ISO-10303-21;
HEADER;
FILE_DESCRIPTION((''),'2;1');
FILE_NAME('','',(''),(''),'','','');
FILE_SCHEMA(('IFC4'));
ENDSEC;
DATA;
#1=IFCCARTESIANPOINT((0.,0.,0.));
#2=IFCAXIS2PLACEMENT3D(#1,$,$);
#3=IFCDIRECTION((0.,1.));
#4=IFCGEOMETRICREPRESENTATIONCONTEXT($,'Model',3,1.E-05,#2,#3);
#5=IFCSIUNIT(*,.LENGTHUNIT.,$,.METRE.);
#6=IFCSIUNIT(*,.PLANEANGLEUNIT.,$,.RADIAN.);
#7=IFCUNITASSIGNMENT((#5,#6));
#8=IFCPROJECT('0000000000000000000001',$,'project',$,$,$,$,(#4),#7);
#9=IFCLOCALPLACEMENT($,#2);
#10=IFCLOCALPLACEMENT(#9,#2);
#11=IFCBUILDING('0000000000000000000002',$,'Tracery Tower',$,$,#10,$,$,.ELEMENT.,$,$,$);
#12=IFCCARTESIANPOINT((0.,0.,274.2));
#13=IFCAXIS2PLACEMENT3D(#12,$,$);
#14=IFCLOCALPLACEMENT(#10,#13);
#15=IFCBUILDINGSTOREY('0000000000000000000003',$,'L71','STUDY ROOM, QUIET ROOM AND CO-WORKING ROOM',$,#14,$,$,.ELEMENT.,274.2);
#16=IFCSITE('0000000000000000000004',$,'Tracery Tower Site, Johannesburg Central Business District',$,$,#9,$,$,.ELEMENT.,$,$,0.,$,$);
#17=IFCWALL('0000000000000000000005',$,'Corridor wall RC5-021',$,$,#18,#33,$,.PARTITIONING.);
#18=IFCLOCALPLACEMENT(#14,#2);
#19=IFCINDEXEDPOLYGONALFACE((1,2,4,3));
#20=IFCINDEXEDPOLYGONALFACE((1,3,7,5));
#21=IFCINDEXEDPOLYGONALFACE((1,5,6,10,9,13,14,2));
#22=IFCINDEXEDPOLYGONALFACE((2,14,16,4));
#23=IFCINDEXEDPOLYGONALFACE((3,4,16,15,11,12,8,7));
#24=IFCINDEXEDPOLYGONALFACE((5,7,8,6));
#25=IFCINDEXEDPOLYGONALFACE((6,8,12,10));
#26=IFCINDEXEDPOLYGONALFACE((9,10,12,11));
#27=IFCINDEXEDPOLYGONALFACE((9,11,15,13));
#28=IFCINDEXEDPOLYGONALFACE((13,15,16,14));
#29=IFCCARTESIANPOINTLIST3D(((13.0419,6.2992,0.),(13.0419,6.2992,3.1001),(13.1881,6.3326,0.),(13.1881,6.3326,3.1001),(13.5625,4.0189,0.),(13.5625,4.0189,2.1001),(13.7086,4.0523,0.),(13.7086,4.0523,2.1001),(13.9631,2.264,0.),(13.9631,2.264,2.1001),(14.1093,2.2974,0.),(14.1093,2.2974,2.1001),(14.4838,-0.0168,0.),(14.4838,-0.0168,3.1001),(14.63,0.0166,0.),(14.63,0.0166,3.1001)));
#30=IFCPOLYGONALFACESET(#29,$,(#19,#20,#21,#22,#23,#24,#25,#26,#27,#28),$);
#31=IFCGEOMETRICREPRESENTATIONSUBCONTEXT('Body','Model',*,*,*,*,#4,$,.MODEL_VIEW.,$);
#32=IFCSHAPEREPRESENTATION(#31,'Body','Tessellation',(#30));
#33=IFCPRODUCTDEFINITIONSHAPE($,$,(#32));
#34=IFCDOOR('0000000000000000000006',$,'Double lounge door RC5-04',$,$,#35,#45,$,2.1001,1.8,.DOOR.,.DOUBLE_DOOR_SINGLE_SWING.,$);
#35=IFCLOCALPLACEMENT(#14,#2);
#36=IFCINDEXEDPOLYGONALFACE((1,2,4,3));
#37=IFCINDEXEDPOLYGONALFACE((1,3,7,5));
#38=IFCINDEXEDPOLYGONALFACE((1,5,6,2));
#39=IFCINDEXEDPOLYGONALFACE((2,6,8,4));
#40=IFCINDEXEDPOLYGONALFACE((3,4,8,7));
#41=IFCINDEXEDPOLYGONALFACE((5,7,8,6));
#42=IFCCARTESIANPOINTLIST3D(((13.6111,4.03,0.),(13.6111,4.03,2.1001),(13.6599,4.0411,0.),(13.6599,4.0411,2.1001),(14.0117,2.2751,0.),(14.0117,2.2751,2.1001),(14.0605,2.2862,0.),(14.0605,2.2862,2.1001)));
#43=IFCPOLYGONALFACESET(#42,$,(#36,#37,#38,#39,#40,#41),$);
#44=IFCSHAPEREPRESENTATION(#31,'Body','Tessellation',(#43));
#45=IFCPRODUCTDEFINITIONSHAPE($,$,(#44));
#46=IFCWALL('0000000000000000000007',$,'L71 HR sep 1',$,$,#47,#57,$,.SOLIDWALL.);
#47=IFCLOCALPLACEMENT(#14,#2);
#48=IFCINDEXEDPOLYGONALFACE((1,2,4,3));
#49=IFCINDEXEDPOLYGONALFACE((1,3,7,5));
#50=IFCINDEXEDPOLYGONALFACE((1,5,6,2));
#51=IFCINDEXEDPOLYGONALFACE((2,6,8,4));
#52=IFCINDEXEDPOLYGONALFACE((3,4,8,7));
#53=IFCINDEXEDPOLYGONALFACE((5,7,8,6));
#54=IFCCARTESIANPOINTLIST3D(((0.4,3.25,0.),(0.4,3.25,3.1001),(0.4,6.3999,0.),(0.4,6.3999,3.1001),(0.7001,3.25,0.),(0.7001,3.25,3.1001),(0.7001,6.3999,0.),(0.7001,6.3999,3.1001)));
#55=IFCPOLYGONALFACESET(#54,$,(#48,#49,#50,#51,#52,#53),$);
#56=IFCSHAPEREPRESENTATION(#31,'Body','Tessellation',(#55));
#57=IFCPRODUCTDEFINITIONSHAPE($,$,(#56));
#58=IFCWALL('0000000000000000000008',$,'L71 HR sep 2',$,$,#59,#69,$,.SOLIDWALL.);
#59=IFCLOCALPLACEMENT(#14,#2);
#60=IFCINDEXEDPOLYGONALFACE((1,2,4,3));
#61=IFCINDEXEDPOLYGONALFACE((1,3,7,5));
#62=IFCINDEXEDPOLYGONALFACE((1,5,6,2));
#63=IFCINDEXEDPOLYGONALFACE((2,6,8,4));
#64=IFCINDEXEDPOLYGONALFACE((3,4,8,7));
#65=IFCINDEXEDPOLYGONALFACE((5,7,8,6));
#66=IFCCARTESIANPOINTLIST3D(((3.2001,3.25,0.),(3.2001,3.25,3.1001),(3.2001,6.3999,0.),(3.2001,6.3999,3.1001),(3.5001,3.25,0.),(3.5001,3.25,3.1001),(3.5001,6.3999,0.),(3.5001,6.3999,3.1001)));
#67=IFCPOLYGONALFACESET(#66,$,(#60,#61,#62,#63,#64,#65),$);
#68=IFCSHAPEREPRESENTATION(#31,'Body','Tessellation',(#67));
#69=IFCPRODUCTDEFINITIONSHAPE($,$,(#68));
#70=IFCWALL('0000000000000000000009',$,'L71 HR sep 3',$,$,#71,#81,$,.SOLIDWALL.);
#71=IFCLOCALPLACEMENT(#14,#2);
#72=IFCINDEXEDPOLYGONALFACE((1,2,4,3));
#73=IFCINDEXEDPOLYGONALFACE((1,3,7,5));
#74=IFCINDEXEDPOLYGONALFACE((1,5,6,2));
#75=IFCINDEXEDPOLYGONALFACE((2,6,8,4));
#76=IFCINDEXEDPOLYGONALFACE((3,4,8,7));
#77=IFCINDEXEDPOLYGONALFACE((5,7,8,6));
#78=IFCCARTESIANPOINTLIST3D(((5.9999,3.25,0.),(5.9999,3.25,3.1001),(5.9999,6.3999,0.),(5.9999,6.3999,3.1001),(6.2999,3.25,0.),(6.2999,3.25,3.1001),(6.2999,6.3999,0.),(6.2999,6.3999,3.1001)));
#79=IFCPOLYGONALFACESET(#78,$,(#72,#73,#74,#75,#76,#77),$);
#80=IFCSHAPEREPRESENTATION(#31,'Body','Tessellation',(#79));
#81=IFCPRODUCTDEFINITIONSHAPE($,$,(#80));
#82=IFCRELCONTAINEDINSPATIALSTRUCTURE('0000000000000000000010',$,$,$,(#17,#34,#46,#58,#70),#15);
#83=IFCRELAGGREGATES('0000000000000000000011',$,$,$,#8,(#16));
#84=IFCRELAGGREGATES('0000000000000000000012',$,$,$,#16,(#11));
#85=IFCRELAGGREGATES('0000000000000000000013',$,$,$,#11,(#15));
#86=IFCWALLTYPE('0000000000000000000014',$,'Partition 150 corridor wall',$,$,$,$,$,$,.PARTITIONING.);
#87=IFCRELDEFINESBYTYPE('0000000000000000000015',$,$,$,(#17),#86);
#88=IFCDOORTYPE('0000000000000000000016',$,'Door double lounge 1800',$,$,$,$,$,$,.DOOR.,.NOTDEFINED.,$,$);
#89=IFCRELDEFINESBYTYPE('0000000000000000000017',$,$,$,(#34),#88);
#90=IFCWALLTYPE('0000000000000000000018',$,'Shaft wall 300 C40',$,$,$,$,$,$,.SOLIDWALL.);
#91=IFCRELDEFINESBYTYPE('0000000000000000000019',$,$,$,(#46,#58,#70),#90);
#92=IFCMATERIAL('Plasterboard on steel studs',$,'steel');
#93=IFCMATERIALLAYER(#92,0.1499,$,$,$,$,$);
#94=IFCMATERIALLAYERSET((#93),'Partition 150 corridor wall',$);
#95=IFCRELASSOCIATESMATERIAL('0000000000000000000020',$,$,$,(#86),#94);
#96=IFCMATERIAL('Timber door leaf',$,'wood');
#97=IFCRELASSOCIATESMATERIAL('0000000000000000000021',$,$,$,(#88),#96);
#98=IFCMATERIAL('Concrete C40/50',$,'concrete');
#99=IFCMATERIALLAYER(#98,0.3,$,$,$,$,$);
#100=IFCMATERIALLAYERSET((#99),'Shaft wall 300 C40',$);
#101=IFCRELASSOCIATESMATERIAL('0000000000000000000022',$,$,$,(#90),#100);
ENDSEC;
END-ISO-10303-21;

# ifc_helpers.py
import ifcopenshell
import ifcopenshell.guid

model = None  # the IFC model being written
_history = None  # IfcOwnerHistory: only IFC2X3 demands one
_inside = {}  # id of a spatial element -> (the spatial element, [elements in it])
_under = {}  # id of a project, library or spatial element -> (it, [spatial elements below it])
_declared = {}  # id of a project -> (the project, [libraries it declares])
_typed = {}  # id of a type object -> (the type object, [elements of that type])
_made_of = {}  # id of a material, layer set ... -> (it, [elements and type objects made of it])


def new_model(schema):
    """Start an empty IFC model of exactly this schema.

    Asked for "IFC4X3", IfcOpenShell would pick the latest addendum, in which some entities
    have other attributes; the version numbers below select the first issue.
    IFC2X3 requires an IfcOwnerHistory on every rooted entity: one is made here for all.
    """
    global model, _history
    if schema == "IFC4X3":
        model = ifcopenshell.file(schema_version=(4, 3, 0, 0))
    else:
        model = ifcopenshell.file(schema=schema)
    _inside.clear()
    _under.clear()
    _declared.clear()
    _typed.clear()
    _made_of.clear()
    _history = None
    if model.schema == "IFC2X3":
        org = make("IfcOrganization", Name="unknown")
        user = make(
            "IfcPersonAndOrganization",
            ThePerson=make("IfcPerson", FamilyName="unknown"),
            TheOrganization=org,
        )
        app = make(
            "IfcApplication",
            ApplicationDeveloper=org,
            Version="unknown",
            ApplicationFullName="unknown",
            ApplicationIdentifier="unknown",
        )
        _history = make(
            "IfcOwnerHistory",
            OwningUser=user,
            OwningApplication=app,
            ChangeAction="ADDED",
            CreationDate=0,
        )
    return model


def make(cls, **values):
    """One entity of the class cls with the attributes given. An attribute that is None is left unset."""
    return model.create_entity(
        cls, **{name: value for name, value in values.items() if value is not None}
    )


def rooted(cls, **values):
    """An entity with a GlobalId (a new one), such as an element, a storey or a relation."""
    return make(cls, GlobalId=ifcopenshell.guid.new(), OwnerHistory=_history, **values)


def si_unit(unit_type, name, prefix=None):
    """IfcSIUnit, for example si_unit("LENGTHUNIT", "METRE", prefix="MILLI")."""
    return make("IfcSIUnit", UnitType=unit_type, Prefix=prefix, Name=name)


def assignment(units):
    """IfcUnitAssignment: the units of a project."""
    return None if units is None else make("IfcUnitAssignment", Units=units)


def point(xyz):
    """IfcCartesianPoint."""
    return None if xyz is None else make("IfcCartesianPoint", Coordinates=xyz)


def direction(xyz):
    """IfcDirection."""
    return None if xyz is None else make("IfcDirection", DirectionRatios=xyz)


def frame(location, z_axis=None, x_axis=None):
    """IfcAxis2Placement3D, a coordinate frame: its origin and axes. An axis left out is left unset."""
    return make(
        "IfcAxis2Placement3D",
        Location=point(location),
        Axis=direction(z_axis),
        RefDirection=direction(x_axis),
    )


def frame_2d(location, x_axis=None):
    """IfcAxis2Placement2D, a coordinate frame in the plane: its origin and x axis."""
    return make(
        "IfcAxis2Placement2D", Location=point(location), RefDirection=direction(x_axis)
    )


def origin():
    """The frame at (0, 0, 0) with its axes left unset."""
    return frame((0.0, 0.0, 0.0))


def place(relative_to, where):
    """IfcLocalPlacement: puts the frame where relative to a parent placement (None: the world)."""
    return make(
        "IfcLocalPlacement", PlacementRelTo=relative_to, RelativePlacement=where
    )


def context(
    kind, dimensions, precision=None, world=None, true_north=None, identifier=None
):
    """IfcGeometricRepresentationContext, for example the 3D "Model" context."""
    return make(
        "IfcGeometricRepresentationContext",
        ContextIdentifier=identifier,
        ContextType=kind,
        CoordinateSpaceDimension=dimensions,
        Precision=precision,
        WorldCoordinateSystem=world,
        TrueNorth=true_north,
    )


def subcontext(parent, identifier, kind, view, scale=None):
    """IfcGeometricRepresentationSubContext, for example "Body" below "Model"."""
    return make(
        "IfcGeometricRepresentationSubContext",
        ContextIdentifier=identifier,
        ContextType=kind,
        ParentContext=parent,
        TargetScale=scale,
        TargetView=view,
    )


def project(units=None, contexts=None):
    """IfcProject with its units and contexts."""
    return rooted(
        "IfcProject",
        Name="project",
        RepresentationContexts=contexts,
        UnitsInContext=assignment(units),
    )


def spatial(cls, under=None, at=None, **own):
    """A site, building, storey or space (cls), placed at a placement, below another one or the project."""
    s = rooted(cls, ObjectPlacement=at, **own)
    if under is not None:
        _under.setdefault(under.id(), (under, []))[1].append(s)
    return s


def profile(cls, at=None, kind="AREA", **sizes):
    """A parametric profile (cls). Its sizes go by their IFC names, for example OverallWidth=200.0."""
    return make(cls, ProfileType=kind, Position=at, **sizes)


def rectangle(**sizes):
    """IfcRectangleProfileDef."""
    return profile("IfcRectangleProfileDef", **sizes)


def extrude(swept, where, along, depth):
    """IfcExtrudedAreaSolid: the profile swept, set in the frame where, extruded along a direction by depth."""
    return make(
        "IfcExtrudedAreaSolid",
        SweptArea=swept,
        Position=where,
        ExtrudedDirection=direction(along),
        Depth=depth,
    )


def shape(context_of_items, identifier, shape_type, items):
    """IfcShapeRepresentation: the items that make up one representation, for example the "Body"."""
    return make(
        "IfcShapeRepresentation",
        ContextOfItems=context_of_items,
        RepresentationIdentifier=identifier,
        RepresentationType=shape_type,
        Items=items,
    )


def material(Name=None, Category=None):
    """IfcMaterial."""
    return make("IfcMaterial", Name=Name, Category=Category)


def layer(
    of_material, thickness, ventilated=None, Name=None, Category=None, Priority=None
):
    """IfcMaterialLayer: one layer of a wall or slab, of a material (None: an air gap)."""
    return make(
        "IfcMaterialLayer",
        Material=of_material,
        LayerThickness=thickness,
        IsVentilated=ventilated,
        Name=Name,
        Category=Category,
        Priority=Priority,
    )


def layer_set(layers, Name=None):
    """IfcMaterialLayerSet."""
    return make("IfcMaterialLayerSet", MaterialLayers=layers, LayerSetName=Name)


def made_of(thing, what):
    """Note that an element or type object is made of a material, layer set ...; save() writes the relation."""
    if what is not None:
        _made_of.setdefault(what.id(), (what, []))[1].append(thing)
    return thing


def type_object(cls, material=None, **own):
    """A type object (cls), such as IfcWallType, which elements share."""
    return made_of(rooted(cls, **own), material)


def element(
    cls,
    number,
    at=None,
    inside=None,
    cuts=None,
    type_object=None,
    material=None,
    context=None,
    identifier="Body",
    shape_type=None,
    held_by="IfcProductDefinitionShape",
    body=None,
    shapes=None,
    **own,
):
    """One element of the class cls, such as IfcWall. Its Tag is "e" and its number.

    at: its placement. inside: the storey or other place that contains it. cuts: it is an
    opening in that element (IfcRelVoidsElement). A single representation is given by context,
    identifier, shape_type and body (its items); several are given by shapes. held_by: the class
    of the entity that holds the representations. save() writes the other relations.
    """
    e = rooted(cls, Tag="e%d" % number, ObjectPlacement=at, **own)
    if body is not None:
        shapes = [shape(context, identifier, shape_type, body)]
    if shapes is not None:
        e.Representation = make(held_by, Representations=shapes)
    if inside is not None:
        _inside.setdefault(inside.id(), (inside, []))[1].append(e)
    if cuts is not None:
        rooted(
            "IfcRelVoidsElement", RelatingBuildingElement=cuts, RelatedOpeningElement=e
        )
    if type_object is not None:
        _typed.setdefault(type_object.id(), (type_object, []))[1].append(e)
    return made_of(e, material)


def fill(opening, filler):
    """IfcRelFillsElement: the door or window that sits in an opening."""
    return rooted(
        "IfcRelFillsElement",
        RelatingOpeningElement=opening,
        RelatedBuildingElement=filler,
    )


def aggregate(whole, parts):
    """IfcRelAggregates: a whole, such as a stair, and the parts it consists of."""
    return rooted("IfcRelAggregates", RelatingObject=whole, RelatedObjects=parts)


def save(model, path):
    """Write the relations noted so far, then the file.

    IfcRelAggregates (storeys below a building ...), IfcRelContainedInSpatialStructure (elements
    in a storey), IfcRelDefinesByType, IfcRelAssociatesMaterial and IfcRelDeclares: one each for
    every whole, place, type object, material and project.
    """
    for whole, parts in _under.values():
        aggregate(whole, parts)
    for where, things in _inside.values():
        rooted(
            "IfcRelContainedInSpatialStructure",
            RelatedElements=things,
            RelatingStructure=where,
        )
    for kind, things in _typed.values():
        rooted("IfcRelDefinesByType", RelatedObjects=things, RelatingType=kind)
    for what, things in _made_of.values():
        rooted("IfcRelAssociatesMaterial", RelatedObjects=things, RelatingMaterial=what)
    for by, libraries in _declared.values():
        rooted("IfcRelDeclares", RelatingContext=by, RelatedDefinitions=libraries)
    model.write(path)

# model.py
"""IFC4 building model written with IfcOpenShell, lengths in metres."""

from ifc_helpers import new_model, si_unit, direction, frame, frame_2d, origin, place, context, subcontext, project, spatial, rectangle, extrude, material, layer, layer_set, type_object, element, fill, save


model = new_model("IFC4")

# Units and contexts
model_context = context("Model", 3, precision=1e-05, world=origin(), true_north=direction((0.0, 1.0)))
body_context = subcontext(model_context, "Body", "Model", "MODEL_VIEW")
ifc_project = project(units=[si_unit("LENGTHUNIT", "METRE"), si_unit("PLANEANGLEUNIT", "RADIAN")], contexts=[model_context])

# Site, building, storey
site_placement = place(None, origin())
site = spatial("IfcSite", under=ifc_project, at=site_placement, Name="Tracery Tower Site, Johannesburg Central Business District", CompositionType="ELEMENT", RefElevation=0.0)
building_placement = place(site_placement, origin())
building = spatial("IfcBuilding", under=site, at=building_placement, Name="Tracery Tower", CompositionType="ELEMENT")
storey_placement = place(building_placement, frame((0.0, 0.0, 274.2)))
storey = spatial("IfcBuildingStorey", under=building, at=storey_placement, Name="L71", Description="STUDY ROOM, QUIET ROOM AND CO-WORKING ROOM", CompositionType="ELEMENT", Elevation=274.2)

# Shared definitions
ifc_material_1 = material(Name="Plasterboard on steel studs", Category="steel")
ifc_layer_1 = layer(ifc_material_1, 0.1499)
ifc_layer_set_1 = layer_set([ifc_layer_1], Name="Partition 150 corridor wall")
wall_type_1 = type_object("IfcWallType", Name="Partition 150 corridor wall", PredefinedType="PARTITIONING", material=ifc_layer_set_1)

# Wall, opening, door
wall_1_placement = place(storey_placement, frame((13.115, 6.3159, 0.0), z_axis=(0.0, 0.0, 1.0), x_axis=(0.222569, -0.974917, 0.0)))
wall_1 = element("IfcWall", 1, at=wall_1_placement, inside=storey, type_object=wall_type_1, Name="Corridor wall RC5-021", PredefinedType="PARTITIONING", context=body_context, shape_type="SweptSolid", body=[
    extrude(rectangle(XDim=6.4785, YDim=0.1499, at=frame_2d((3.2393, 0.0))), origin(), (0.0, 0.0, 1.0), 3.1001),
])
opening_1_placement = place(wall_1_placement, frame((2.3391, 0.0, 0.0)))
opening_1 = element("IfcOpeningElement", 2, at=opening_1_placement, cuts=wall_1, PredefinedType="OPENING", context=body_context, shape_type="SweptSolid", body=[
    extrude(rectangle(XDim=1.8, YDim=2.1001, at=frame_2d((0.8999, 1.05))), frame((0.0, 0.075, 0.0), z_axis=(0.0, -1.0, 0.0), x_axis=(1.0, 0.0, 0.0)), (0.0, 0.0, 1.0), 0.1499),
])
ifc_material_2 = material(Name="Timber door leaf", Category="wood")
door_type_1 = type_object("IfcDoorType", Name="Door double lounge 1800", OperationType="NOTDEFINED", PredefinedType="DOOR", material=ifc_material_2)
door_1_placement = place(opening_1_placement, origin())
door_1 = element("IfcDoor", 3, at=door_1_placement, inside=storey, type_object=door_type_1, Name="Double lounge door RC5-04", OperationType="DOUBLE_DOOR_SINGLE_SWING", OverallHeight=2.1001, OverallWidth=1.8, PredefinedType="DOOR", context=body_context, shape_type="SweptSolid", body=[
    extrude(rectangle(XDim=1.8, YDim=2.1001, at=frame_2d((0.8999, 1.05))), frame((0.0, 0.0249, 0.0), z_axis=(0.0, -1.0, 0.0), x_axis=(1.0, 0.0, 0.0)), (0.0, 0.0, 1.0), 0.05),
])
fill(opening_1, door_1)

# Walls
ifc_material_3 = material(Name="Concrete C40/50", Category="concrete")
ifc_layer_2 = layer(ifc_material_3, 0.3)
ifc_layer_set_2 = layer_set([ifc_layer_2], Name="Shaft wall 300 C40")
wall_type_2 = type_object("IfcWallType", Name="Shaft wall 300 C40", PredefinedType="SOLIDWALL", material=ifc_layer_set_2)
for number, where, z_axis, x_axis, name in (
    (4, (0.55, 3.25, 0.0), (0.0, 0.0, 1.0), (0.0, 1.0, 0.0), "L71 HR sep 1"),
    (5, (3.3501, 3.25, 0.0), (0.0, 0.0, 1.0), (0.0, 1.0, 0.0), "L71 HR sep 2"),
    (6, (6.1499, 3.25, 0.0), (0.0, 0.0, 1.0), (0.0, 1.0, 0.0), "L71 HR sep 3"),
):
    element("IfcWall", number, at=place(storey_placement, frame(where, z_axis=z_axis, x_axis=x_axis)), inside=storey, type_object=wall_type_2, Name=name, PredefinedType="SOLIDWALL", context=body_context, shape_type="SweptSolid", body=[
        extrude(rectangle(XDim=3.1499, YDim=0.3, at=frame_2d((1.575, 0.0))), origin(), (0.0, 0.0, 1.0), 3.1001),
    ])

save(model, "model.ifc")
